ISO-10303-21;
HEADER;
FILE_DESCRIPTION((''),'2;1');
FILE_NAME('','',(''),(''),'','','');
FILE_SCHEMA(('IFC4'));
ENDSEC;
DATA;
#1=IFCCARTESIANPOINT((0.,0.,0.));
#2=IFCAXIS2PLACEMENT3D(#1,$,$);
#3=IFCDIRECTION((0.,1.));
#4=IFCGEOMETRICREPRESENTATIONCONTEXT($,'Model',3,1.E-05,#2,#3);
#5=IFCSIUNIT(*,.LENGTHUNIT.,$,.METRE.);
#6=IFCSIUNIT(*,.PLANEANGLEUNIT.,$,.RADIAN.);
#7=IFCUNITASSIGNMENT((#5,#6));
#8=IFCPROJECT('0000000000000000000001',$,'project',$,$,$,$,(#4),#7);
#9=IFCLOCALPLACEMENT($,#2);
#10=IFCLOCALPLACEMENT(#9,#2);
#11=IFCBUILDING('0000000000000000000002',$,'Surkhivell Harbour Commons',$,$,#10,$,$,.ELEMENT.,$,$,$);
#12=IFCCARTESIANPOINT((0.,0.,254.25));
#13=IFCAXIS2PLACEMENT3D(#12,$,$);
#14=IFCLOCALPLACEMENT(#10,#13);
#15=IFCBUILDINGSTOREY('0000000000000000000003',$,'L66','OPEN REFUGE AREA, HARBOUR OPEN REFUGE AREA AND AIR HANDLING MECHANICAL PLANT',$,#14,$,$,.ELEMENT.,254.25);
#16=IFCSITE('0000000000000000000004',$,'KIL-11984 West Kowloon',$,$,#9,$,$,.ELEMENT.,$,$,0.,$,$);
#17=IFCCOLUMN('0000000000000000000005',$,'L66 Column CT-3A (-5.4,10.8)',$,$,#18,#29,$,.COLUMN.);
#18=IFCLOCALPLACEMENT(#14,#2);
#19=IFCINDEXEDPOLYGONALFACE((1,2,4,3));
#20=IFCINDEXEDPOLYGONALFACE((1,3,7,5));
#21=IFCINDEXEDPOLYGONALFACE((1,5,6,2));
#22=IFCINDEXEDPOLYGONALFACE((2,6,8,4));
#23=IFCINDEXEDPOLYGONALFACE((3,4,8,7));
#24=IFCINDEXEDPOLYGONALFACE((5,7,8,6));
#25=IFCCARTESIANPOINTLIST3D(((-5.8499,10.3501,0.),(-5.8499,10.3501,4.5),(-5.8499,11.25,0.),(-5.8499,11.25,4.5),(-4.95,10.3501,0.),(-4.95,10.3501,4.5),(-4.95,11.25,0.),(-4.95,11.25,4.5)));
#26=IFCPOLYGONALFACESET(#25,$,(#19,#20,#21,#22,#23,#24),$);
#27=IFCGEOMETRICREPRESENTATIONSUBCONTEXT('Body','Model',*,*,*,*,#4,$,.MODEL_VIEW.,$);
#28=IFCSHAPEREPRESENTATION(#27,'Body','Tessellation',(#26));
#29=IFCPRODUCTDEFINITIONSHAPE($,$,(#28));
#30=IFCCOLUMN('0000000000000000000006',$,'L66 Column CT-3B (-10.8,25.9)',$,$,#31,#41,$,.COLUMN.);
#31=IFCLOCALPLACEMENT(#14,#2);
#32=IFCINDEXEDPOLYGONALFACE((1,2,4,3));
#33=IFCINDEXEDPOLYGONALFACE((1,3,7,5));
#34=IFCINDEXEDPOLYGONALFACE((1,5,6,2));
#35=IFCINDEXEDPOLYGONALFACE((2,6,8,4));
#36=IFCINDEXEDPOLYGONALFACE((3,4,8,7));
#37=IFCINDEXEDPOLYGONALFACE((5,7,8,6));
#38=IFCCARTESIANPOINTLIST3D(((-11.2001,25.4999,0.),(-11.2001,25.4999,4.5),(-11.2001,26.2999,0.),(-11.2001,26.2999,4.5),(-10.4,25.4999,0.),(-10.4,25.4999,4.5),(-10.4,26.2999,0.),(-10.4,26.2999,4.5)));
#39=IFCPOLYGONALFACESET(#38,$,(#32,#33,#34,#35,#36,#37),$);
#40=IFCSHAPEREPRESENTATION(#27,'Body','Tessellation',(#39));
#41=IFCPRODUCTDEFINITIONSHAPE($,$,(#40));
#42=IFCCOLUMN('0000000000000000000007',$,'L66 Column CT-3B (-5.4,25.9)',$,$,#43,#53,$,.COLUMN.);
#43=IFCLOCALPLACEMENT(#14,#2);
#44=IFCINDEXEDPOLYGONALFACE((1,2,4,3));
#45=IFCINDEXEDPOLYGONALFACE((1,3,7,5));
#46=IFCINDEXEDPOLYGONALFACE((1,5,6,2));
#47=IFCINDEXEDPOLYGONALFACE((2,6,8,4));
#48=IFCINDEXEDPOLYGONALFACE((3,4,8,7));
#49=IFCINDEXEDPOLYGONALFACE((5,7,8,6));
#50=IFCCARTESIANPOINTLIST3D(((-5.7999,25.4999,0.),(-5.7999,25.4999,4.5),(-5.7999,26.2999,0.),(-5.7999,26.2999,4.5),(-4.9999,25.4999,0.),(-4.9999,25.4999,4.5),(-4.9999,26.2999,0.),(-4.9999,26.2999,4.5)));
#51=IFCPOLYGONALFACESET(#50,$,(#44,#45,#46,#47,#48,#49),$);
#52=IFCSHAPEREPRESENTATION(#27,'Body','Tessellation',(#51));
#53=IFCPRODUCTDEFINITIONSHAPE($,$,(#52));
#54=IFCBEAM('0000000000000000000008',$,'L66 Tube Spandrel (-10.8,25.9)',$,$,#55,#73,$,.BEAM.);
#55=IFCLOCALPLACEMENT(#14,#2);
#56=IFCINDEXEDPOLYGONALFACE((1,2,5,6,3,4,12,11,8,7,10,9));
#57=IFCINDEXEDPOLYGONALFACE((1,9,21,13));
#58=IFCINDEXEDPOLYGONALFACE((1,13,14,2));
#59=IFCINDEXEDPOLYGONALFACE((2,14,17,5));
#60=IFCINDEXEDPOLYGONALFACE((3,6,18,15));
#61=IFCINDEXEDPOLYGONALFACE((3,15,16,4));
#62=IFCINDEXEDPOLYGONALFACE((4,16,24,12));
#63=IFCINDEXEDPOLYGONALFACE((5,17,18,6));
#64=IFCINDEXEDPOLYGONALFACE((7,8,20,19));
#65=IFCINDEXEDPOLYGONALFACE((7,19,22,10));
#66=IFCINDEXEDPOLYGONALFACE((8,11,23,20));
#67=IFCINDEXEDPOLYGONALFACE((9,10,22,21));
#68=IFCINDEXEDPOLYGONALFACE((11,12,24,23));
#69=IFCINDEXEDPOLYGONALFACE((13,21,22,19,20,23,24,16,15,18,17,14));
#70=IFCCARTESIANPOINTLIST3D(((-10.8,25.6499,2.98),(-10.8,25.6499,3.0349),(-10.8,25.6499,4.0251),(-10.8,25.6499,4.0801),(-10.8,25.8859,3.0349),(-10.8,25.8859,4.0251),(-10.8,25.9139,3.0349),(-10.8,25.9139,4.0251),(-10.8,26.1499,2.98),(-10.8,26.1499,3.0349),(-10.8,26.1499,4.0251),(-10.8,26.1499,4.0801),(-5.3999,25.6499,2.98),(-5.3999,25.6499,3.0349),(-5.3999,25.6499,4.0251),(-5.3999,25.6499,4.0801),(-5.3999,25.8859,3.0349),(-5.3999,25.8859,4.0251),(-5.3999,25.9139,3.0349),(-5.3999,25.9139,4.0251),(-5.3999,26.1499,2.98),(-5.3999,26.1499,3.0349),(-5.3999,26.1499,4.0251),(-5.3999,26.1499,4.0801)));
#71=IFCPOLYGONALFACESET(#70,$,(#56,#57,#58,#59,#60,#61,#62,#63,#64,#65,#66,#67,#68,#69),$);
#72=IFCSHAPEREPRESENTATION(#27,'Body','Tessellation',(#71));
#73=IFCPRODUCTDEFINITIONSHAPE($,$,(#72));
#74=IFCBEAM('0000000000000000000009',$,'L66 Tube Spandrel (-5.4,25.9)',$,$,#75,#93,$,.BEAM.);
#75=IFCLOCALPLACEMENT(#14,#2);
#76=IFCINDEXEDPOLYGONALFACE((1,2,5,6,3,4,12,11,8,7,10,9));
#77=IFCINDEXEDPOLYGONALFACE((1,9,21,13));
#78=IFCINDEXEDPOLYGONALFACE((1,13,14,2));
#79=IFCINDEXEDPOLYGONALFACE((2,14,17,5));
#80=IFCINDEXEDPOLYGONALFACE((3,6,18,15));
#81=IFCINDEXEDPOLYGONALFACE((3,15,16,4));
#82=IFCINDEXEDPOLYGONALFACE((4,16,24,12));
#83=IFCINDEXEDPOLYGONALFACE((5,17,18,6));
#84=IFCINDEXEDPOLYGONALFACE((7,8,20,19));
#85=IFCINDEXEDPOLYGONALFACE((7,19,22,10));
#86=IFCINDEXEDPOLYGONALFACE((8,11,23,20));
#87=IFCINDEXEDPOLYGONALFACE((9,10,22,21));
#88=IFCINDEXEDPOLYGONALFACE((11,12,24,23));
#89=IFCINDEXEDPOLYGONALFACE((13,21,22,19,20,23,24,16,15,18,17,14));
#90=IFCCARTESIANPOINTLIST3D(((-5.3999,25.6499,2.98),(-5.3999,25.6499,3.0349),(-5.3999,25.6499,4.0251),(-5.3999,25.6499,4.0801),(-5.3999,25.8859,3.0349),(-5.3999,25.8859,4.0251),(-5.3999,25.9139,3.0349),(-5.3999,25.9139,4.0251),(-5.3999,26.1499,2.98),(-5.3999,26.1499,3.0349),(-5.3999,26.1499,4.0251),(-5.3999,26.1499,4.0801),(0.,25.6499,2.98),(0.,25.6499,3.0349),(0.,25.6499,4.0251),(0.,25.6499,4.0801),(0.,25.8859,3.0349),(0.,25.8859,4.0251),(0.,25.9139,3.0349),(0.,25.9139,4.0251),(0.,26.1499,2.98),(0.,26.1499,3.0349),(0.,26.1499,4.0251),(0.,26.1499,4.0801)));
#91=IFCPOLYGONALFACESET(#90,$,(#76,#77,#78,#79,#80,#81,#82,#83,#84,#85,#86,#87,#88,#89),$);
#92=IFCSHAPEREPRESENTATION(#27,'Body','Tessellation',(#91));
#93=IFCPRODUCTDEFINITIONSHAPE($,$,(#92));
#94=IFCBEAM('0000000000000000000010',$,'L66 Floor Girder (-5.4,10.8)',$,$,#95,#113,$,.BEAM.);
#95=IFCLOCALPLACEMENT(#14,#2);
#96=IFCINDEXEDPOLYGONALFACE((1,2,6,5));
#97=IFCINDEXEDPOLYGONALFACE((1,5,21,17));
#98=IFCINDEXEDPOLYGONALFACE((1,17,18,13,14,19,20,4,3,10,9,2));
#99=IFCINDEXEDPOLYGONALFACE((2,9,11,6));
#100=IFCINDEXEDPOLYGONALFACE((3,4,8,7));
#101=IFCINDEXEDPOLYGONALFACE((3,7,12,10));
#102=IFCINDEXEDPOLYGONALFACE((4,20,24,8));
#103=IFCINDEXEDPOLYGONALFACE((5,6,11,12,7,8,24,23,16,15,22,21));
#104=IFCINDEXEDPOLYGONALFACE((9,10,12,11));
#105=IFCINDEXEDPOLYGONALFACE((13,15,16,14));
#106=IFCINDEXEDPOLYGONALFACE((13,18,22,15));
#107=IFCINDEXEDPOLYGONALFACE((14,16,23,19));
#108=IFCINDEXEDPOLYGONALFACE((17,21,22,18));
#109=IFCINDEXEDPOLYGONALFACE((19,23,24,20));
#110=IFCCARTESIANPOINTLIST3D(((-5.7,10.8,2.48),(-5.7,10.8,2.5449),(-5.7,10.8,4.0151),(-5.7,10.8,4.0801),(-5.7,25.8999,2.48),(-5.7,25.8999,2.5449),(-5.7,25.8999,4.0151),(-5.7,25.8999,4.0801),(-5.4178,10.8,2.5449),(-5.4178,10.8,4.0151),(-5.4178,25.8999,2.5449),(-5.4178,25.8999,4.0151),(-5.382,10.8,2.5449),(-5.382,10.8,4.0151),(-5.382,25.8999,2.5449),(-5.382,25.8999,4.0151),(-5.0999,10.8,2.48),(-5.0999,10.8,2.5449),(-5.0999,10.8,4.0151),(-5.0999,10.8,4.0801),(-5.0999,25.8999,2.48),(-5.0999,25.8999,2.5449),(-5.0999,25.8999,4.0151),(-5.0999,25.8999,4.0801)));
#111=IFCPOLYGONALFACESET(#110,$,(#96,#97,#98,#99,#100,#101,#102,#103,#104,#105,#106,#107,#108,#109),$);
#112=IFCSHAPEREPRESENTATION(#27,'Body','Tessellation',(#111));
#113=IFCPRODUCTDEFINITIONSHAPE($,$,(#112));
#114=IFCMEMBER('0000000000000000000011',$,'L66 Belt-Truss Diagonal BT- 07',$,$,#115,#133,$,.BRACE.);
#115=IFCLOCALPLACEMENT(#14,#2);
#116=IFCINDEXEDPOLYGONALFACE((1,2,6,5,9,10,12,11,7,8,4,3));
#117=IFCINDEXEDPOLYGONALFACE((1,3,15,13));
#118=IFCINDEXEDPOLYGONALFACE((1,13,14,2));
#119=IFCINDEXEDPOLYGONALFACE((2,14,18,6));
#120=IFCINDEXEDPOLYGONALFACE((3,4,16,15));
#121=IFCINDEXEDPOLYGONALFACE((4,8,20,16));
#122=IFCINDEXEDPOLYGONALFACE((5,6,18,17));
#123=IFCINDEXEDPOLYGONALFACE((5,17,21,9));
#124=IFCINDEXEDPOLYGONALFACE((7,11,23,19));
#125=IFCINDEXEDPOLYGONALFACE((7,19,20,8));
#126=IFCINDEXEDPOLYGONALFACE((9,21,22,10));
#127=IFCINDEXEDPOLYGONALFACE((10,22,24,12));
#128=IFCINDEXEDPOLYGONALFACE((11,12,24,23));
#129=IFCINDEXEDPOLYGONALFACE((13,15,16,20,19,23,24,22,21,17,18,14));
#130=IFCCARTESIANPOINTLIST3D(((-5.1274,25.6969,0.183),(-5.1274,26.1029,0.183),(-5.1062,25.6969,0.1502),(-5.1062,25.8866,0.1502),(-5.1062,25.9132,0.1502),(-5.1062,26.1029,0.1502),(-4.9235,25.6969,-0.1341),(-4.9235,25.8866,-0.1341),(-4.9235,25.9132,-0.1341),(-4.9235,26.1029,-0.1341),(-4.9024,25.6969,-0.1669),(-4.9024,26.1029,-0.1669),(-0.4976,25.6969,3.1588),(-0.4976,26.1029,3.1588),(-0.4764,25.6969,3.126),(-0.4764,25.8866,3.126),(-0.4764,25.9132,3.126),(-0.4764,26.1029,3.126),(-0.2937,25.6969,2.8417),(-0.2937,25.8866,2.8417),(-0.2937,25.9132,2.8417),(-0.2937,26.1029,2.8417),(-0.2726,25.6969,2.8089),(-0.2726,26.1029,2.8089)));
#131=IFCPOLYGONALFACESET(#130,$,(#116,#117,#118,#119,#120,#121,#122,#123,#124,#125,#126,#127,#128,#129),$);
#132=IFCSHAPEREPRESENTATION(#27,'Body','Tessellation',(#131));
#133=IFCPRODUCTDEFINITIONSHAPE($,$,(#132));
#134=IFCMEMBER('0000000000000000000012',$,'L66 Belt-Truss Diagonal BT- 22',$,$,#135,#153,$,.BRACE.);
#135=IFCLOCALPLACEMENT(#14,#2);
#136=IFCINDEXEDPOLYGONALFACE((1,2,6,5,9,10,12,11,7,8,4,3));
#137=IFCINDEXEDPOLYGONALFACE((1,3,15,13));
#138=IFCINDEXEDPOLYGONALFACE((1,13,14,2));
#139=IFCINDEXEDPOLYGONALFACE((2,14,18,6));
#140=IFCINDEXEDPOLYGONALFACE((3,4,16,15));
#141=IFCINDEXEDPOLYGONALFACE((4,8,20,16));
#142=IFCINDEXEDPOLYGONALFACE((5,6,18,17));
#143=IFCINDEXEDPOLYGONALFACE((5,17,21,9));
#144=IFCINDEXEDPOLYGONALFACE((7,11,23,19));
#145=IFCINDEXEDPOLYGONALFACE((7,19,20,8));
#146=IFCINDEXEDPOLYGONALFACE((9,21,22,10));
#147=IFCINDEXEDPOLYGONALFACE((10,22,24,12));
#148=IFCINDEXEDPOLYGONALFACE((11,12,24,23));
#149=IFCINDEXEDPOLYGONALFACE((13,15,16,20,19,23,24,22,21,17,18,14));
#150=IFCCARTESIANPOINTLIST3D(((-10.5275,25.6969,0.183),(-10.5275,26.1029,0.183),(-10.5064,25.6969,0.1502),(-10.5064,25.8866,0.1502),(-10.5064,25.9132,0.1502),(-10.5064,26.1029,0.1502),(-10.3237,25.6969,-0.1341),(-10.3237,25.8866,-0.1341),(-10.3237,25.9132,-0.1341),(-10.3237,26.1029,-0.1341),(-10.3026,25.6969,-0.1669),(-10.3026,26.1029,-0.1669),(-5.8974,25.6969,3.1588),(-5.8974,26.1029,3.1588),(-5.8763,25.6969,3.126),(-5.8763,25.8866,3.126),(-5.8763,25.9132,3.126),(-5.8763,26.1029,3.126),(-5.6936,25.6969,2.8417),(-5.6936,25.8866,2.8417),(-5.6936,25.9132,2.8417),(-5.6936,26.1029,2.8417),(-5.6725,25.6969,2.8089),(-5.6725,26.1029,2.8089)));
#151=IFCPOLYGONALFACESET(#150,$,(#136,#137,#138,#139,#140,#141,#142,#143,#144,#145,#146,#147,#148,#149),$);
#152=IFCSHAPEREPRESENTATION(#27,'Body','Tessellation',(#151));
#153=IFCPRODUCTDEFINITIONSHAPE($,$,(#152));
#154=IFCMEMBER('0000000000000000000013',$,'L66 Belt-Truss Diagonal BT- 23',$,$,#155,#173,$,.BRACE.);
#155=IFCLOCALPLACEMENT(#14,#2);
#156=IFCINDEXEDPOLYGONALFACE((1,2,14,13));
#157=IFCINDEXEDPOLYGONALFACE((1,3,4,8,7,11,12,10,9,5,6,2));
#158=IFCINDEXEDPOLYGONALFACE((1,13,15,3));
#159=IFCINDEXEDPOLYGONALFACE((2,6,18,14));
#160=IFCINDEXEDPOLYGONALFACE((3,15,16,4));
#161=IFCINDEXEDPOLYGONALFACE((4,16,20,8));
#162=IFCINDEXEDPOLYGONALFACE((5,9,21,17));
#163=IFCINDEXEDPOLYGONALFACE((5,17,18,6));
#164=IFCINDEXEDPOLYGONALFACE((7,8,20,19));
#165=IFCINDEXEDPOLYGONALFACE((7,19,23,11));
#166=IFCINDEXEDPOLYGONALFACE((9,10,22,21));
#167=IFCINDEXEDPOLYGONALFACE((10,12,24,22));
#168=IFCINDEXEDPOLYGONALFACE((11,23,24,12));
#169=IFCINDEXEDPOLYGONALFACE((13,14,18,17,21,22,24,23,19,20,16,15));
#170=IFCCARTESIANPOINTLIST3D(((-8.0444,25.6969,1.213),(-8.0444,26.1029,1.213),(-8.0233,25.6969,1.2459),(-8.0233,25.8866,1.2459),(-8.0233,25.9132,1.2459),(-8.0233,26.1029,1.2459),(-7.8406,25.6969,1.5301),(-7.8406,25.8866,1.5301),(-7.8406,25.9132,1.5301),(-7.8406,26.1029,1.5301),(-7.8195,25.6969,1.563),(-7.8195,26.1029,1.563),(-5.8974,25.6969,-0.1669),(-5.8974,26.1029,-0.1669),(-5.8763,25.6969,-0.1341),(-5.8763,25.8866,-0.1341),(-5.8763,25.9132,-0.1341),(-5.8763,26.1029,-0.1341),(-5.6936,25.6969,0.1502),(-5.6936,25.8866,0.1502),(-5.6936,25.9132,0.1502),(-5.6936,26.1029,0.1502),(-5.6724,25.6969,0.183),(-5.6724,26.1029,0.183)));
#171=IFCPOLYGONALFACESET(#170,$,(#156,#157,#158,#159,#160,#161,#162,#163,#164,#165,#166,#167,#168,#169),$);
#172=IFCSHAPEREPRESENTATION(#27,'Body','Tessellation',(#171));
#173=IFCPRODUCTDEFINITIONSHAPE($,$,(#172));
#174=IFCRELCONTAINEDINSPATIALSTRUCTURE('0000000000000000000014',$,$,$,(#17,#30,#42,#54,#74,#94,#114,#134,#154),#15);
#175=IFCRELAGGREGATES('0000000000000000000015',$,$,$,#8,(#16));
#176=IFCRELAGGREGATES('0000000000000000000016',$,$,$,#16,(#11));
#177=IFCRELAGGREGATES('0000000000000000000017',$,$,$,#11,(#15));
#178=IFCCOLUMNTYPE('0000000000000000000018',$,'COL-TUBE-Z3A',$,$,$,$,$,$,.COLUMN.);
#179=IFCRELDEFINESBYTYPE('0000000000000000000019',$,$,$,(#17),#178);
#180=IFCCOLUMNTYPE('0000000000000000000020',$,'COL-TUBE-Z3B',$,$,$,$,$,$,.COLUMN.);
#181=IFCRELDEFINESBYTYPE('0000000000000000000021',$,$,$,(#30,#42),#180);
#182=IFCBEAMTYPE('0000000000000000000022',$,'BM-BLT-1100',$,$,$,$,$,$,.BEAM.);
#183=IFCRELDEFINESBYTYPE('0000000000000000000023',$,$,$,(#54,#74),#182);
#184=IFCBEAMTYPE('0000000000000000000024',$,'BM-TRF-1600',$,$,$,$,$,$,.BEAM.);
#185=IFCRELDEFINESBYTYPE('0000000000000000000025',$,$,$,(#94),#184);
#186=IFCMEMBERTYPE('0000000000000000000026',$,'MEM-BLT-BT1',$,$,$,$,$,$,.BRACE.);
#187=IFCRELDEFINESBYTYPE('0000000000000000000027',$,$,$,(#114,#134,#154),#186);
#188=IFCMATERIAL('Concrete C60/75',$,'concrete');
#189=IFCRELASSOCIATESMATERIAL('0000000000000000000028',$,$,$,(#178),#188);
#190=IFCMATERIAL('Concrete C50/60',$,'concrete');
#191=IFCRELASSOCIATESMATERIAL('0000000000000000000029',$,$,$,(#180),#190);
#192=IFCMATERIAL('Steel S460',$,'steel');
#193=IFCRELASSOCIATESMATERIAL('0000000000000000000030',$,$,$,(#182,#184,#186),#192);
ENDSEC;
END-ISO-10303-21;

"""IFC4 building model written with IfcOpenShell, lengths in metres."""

from ifc_helpers import new_model, si_unit, direction, frame, origin, origin_2d, place, context, subcontext, project, spatial, rectangle, i_section, extrude, material, material_profile, profile_set, type_object, element, save


model = new_model("IFC4")

# Units and contexts
model_context = context("Model", 3, precision=1e-05, world=origin(), true_north=direction((0.0, 1.0)))
body_context = subcontext(model_context, "Body", "Model", "MODEL_VIEW")
ifc_project = project(units=[si_unit("LENGTHUNIT", "METRE"), si_unit("PLANEANGLEUNIT", "RADIAN")], contexts=[model_context])

# Site, building, storey
site_placement = place(None, origin())
site = spatial("IfcSite", under=ifc_project, at=site_placement, Name="KIL-11984 West Kowloon", CompositionType="ELEMENT", RefElevation=0.0)
building_placement = place(site_placement, origin())
building = spatial("IfcBuilding", under=site, at=building_placement, Name="Surkhivell Harbour Commons", CompositionType="ELEMENT")
storey_placement = place(building_placement, frame((0.0, 0.0, 254.25)))
storey = spatial("IfcBuildingStorey", under=building, at=storey_placement, Name="L66", Description="OPEN REFUGE AREA, HARBOUR OPEN REFUGE AREA AND AIR HANDLING MECHANICAL PLANT", CompositionType="ELEMENT", Elevation=254.25)

# Columns
ifc_material_1 = material(Name="Concrete C60/75", Category="concrete")
ifc_material_profile_1 = material_profile(ifc_material_1, rectangle(XDim=0.8999, YDim=0.8999, at=origin_2d()), Name="RC-COL-900x900")
ifc_profile_set_1 = profile_set([ifc_material_profile_1], Name="Concrete C60/75")
column_type_1 = type_object("IfcColumnType", Name="COL-TUBE-Z3A", PredefinedType="COLUMN", material=ifc_profile_set_1)
column_placement = place(storey_placement, frame((-5.3999, 10.8, 0.0), z_axis=(0.0, 0.0, 1.0), x_axis=(1.0, 0.0, 0.0)))
element("IfcColumn", 1, at=column_placement, inside=storey, type_object=column_type_1, Name="L66 Column CT-3A (-5.4,10.8)", PredefinedType="COLUMN", context=body_context, shape_type="SweptSolid", body=[
    extrude(rectangle(XDim=0.8999, YDim=0.8999, at=origin_2d()), origin(), (0.0, 0.0, 1.0), 4.5),
])
ifc_material_2 = material(Name="Concrete C50/60", Category="concrete")
ifc_material_profile_2 = material_profile(ifc_material_2, rectangle(XDim=0.8, YDim=0.8, at=origin_2d()), Name="RC-COL-800x800")
ifc_profile_set_2 = profile_set([ifc_material_profile_2], Name="Concrete C50/60")
column_type_2 = type_object("IfcColumnType", Name="COL-TUBE-Z3B", PredefinedType="COLUMN", material=ifc_profile_set_2)
for number, where, z_axis, x_axis, name in (
    (2, (-10.8, 25.8999, 0.0), (0.0, 0.0, 1.0), (1.0, 0.0, 0.0), "L66 Column CT-3B (-10.8,25.9)"),
    (3, (-5.3999, 25.8999, 0.0), (0.0, 0.0, 1.0), (1.0, 0.0, 0.0), "L66 Column CT-3B (-5.4,25.9)"),
):
    element("IfcColumn", number, at=place(storey_placement, frame(where, z_axis=z_axis, x_axis=x_axis)), inside=storey, type_object=column_type_2, Name=name, PredefinedType="COLUMN", context=body_context, shape_type="SweptSolid", body=[
        extrude(rectangle(XDim=0.8, YDim=0.8, at=origin_2d()), origin(), (0.0, 0.0, 1.0), 4.5),
    ])

# Beams
ifc_material_3 = material(Name="Steel S460", Category="steel")
ifc_material_profile_3 = material_profile(ifc_material_3, i_section(OverallWidth=0.5, OverallDepth=1.1001, WebThickness=0.0281, FlangeThickness=0.0549, at=origin_2d()), Name="WPG1100x500x210")
ifc_profile_set_3 = profile_set([ifc_material_profile_3], Name="Steel S460")
beam_type_1 = type_object("IfcBeamType", Name="BM-BLT-1100", PredefinedType="BEAM", material=ifc_profile_set_3)
beam_1_placement = place(storey_placement, frame((-10.8, 25.8999, 3.53), z_axis=(1.0, 0.0, 0.0), x_axis=(0.0, 1.0, 0.0)))
element("IfcBeam", 4, at=beam_1_placement, inside=storey, type_object=beam_type_1, Name="L66 Tube Spandrel (-10.8,25.9)", PredefinedType="BEAM", context=body_context, shape_type="SweptSolid", body=[
    extrude(i_section(OverallWidth=0.5, OverallDepth=1.1001, WebThickness=0.0281, FlangeThickness=0.0549, at=origin_2d()), origin(), (0.0, 0.0, 1.0), 5.4001),
])
beam_2_placement = place(storey_placement, frame((-5.3999, 25.8999, 3.53), z_axis=(1.0, 0.0, 0.0), x_axis=(0.0, 1.0, 0.0)))
element("IfcBeam", 5, at=beam_2_placement, inside=storey, type_object=beam_type_1, Name="L66 Tube Spandrel (-5.4,25.9)", PredefinedType="BEAM", context=body_context, shape_type="SweptSolid", body=[
    extrude(i_section(OverallWidth=0.5, OverallDepth=1.1001, WebThickness=0.0281, FlangeThickness=0.0549, at=origin_2d()), origin(), (0.0, 0.0, 1.0), 5.3999),
])
ifc_material_profile_4 = material_profile(ifc_material_3, i_section(OverallWidth=0.6001, OverallDepth=1.6001, WebThickness=0.0359, FlangeThickness=0.0649, at=origin_2d()), Name="WPG1600x600x296")
ifc_profile_set_4 = profile_set([ifc_material_profile_4], Name="Steel S460")
beam_type_2 = type_object("IfcBeamType", Name="BM-TRF-1600", PredefinedType="BEAM", material=ifc_profile_set_4)
beam_3_placement = place(storey_placement, frame((-5.3999, 10.8, 3.28), z_axis=(0.0, 1.0, 0.0), x_axis=(-1.0, 0.0, 0.0)))
element("IfcBeam", 6, at=beam_3_placement, inside=storey, type_object=beam_type_2, Name="L66 Floor Girder (-5.4,10.8)", PredefinedType="BEAM", context=body_context, shape_type="SweptSolid", body=[
    extrude(i_section(OverallWidth=0.6001, OverallDepth=1.6001, WebThickness=0.0359, FlangeThickness=0.0649, at=origin_2d()), origin(), (0.0, 0.0, 1.0), 15.0999),
])

# Members
ifc_material_profile_5 = material_profile(ifc_material_3, i_section(OverallWidth=0.406, OverallDepth=0.416, WebThickness=0.0266, FlangeThickness=0.0391, at=origin_2d()), Name="HD400x382")
ifc_profile_set_5 = profile_set([ifc_material_profile_5], Name="Steel S460")
member_type = type_object("IfcMemberType", Name="MEM-BLT-BT1", PredefinedType="BRACE", material=ifc_profile_set_5)
member_1_placement = place(storey_placement, frame((-5.0149, 25.8999, 0.0081), z_axis=(0.841222, 0.0, 0.54069), x_axis=(0.0, 1.0, 0.0)))
element("IfcMember", 7, at=member_1_placement, inside=storey, type_object=member_type, Name="L66 Belt-Truss Diagonal BT- 07", PredefinedType="BRACE", context=body_context, shape_type="SweptSolid", body=[
    extrude(i_section(OverallWidth=0.406, OverallDepth=0.416, WebThickness=0.0266, FlangeThickness=0.0391, at=origin_2d()), origin(), (0.0, 0.0, 1.0), 5.5037),
])
member_2_placement = place(storey_placement, frame((-10.415, 25.8999, 0.0081), z_axis=(0.841235, 0.0, 0.54067), x_axis=(0.0, 1.0, 0.0)))
element("IfcMember", 8, at=member_2_placement, inside=storey, type_object=member_type, Name="L66 Belt-Truss Diagonal BT- 22", PredefinedType="BRACE", context=body_context, shape_type="SweptSolid", body=[
    extrude(i_section(OverallWidth=0.406, OverallDepth=0.416, WebThickness=0.0266, FlangeThickness=0.0391, at=origin_2d()), origin(), (0.0, 0.0, 1.0), 5.5039),
])
for number, where, z_axis, x_axis, name in (
    (9, (-5.7849, 25.8999, 0.0081), (-0.841234, 0.0, 0.540671), (0.0, -1.0, 0.0), "L66 Belt-Truss Diagonal BT- 23"),
):
    element("IfcMember", number, at=place(storey_placement, frame(where, z_axis=z_axis, x_axis=x_axis)), inside=storey, type_object=member_type, Name=name, PredefinedType="BRACE", context=body_context, shape_type="SweptSolid", body=[
        extrude(i_section(OverallWidth=0.406, OverallDepth=0.416, WebThickness=0.0266, FlangeThickness=0.0391, at=origin_2d()), origin(), (0.0, 0.0, 1.0), 2.5522),
    ])

save(model, "model.ifc")
